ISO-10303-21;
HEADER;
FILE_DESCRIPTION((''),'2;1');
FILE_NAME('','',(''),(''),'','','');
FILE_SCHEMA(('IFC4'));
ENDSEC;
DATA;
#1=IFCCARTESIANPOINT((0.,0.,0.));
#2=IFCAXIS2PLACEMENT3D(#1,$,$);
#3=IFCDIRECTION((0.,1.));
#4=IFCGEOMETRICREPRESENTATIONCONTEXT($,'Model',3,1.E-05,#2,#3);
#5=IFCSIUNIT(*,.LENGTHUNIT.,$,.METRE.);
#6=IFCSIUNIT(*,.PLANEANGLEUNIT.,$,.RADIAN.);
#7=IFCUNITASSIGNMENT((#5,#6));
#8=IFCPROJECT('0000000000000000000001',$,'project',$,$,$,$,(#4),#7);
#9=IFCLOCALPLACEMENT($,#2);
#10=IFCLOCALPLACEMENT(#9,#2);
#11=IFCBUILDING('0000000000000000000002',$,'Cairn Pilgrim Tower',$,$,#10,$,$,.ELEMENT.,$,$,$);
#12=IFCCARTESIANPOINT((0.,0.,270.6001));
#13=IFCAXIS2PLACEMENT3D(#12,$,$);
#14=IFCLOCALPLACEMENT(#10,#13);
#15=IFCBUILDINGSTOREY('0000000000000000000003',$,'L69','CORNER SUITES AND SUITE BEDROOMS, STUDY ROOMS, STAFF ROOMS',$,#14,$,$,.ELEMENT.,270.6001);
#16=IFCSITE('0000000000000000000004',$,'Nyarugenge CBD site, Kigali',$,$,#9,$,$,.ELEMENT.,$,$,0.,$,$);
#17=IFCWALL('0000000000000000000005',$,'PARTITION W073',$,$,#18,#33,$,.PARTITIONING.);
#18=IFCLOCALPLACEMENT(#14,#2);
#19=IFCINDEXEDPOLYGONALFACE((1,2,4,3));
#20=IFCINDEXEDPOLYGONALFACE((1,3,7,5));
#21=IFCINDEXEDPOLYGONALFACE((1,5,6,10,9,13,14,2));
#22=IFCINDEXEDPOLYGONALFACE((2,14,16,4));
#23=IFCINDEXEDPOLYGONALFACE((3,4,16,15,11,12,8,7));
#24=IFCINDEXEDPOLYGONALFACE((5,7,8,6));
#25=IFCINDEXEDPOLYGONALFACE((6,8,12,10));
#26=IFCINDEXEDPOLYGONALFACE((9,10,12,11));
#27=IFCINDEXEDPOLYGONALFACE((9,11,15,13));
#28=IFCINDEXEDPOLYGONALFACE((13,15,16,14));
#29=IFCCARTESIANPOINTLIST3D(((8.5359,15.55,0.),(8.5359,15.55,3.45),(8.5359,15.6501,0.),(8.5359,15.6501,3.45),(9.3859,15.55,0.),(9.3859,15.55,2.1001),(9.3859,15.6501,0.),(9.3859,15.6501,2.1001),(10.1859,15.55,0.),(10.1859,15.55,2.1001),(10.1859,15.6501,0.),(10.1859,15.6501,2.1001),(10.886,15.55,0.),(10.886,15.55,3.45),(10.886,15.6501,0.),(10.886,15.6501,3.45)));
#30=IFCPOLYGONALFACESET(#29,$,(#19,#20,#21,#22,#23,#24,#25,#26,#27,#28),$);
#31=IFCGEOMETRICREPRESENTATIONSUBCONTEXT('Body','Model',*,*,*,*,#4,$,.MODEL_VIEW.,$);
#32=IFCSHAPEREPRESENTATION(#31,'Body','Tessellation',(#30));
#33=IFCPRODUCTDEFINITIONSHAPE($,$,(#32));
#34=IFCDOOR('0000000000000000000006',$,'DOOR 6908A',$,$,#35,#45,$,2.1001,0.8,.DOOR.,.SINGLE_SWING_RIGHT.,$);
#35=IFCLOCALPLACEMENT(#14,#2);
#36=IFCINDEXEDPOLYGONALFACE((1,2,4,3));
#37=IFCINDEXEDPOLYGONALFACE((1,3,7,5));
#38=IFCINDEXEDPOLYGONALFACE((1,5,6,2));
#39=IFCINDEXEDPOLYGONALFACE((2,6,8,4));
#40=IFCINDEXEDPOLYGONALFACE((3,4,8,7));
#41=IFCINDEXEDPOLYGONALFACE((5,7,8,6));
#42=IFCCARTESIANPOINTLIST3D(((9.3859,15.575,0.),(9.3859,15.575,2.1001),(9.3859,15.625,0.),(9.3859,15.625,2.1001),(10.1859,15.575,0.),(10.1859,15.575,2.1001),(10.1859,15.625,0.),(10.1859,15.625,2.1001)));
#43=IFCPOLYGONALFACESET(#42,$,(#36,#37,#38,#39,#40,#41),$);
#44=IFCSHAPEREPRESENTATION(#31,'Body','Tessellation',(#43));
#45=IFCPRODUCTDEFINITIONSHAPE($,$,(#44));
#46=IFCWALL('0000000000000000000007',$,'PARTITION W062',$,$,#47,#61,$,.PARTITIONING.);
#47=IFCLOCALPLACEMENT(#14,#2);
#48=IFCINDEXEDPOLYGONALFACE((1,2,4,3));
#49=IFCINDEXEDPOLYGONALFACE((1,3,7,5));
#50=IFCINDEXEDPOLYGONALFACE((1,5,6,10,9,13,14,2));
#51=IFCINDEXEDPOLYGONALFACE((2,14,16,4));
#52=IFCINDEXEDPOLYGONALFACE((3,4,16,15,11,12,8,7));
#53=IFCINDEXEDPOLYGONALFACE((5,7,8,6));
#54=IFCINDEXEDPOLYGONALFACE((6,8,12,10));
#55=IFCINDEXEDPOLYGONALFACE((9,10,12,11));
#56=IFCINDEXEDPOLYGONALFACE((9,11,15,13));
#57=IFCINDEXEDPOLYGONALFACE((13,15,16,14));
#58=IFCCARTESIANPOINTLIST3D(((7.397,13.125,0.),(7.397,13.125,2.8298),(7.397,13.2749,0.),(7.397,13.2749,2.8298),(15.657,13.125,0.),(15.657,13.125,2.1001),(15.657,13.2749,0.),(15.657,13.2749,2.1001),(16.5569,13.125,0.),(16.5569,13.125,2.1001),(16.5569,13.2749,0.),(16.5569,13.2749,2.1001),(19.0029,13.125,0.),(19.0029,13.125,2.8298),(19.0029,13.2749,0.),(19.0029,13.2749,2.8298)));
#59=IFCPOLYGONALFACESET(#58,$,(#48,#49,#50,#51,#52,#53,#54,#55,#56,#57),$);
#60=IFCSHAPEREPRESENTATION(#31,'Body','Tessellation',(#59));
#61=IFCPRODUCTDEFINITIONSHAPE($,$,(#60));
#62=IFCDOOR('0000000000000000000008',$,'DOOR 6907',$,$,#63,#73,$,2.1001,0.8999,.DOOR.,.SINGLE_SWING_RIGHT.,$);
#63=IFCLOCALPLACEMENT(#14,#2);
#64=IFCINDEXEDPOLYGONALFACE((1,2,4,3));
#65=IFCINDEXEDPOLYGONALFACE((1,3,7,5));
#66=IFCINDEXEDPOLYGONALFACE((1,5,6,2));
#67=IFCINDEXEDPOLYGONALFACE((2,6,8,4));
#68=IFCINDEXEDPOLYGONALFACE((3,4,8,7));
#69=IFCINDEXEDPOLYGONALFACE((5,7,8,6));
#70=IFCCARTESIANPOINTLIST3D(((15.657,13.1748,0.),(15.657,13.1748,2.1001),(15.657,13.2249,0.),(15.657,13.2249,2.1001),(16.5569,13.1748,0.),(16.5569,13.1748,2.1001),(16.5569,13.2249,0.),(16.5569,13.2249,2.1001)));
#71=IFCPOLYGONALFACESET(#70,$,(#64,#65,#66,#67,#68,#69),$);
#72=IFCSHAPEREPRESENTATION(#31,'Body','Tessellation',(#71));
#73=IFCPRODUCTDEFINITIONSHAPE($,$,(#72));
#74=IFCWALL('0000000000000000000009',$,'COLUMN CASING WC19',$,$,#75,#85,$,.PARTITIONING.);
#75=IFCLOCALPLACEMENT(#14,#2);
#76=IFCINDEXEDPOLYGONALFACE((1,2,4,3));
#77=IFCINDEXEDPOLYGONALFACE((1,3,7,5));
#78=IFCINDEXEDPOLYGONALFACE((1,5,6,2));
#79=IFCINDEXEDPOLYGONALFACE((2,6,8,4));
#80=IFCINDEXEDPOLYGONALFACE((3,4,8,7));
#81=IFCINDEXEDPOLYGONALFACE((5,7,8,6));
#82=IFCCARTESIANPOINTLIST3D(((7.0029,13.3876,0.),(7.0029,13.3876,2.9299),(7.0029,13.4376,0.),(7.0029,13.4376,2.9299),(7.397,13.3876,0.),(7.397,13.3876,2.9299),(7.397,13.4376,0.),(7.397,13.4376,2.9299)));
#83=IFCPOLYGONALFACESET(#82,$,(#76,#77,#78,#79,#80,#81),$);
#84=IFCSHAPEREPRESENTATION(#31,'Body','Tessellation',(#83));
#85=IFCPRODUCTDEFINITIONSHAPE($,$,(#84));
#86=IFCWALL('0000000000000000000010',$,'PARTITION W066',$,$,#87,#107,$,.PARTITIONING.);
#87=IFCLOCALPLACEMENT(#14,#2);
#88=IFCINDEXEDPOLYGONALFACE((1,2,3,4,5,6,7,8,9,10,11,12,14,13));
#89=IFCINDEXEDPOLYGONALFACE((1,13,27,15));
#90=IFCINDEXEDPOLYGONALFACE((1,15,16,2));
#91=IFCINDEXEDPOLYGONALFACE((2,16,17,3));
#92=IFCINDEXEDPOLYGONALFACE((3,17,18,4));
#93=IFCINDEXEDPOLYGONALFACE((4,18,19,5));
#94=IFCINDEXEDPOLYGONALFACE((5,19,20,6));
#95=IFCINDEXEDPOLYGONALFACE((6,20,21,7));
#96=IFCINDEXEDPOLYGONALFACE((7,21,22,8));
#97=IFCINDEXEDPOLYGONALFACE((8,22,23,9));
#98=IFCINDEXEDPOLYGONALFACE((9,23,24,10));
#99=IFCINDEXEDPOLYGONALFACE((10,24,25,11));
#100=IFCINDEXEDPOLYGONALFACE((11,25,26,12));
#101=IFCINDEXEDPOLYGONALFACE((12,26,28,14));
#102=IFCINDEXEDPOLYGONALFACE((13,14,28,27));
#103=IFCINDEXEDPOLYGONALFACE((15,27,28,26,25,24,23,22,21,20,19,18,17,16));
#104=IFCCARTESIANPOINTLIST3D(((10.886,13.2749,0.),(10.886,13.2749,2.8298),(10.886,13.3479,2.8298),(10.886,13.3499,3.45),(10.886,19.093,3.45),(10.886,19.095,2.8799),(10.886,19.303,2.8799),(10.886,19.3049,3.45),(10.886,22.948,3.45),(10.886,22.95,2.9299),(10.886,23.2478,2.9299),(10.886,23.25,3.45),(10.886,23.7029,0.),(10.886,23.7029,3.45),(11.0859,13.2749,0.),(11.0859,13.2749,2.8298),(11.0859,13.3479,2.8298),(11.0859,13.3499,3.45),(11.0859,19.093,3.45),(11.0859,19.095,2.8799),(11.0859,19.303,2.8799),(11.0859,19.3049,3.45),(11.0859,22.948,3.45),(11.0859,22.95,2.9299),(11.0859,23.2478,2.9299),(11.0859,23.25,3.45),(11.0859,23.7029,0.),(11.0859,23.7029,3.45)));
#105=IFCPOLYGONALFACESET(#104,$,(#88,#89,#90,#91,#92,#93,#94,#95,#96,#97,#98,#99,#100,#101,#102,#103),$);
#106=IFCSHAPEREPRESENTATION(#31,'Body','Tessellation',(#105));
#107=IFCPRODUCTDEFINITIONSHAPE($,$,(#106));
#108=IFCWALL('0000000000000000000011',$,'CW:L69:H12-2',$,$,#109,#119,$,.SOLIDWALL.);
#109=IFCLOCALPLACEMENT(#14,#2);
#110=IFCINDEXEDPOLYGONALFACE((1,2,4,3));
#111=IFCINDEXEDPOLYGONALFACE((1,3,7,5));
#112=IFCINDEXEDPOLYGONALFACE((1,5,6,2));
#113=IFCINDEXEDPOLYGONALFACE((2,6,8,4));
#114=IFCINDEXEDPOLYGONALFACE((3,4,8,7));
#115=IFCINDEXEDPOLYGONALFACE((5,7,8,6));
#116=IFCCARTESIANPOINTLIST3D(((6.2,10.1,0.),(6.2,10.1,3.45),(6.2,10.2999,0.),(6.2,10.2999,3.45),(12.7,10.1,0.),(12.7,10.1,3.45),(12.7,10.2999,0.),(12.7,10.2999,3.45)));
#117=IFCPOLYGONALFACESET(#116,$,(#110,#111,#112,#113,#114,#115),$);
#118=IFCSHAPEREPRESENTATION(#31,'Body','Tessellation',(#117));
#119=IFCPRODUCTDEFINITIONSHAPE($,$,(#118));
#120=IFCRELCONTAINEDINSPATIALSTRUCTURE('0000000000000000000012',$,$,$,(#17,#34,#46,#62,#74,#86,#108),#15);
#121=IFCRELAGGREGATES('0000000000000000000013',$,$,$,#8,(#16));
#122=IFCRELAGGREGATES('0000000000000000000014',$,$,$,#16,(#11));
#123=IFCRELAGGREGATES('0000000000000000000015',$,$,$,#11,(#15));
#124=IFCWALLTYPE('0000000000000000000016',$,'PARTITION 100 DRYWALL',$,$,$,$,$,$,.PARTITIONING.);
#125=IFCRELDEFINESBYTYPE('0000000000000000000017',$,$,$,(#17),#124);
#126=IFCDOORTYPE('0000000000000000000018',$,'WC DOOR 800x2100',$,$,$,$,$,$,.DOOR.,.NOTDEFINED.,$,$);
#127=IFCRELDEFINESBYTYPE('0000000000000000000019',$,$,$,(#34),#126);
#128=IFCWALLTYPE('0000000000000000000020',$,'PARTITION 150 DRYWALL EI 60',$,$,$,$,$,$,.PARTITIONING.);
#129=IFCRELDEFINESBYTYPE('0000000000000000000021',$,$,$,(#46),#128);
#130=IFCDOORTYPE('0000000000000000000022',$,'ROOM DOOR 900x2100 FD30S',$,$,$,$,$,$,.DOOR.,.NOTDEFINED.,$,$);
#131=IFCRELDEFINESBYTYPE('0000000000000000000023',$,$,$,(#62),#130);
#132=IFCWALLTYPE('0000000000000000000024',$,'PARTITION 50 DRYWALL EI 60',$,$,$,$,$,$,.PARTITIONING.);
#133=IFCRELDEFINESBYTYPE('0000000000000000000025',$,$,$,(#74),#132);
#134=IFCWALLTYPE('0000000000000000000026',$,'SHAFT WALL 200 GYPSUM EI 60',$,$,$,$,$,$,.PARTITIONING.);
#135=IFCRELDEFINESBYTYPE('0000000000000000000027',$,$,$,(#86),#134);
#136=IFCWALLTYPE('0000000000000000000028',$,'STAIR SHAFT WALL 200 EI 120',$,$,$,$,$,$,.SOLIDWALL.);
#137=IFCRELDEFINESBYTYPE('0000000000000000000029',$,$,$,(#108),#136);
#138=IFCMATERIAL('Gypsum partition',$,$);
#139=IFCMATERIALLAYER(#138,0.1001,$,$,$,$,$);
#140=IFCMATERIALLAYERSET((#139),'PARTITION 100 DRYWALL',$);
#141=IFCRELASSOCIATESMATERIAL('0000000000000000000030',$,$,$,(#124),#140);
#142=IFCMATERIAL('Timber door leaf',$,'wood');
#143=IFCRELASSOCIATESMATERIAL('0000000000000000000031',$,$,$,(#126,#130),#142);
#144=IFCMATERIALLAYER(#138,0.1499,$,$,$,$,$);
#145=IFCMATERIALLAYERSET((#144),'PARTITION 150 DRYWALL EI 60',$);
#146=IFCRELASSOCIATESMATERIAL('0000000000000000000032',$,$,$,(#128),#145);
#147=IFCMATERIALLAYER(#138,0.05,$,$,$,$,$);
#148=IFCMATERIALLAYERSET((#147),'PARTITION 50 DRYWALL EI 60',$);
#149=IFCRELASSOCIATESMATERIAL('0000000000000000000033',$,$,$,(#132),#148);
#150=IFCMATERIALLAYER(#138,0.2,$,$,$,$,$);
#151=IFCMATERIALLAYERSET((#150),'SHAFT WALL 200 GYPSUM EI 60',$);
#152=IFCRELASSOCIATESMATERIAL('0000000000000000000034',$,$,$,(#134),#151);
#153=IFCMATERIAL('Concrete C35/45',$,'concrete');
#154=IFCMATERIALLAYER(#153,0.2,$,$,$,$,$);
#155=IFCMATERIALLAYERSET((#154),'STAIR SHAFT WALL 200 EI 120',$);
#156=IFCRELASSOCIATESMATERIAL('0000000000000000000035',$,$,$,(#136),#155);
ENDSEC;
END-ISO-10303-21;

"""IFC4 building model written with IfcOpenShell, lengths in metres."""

from ifc_helpers import new_model, si_unit, direction, frame, frame_2d, origin, place, context, subcontext, project, spatial, polyline, rectangle, outline, extrude, material, layer, layer_set, type_object, element, fill, save


model = new_model("IFC4")

# Units and contexts
model_context = context("Model", 3, precision=1e-05, world=origin(), true_north=direction((0.0, 1.0)))
body_context = subcontext(model_context, "Body", "Model", "MODEL_VIEW")
ifc_project = project(units=[si_unit("LENGTHUNIT", "METRE"), si_unit("PLANEANGLEUNIT", "RADIAN")], contexts=[model_context])

# Site, building, storey
site_placement = place(None, origin())
site = spatial("IfcSite", under=ifc_project, at=site_placement, Name="Nyarugenge CBD site, Kigali", CompositionType="ELEMENT", RefElevation=0.0)
building_placement = place(site_placement, origin())
building = spatial("IfcBuilding", under=site, at=building_placement, Name="Cairn Pilgrim Tower", CompositionType="ELEMENT")
storey_placement = place(building_placement, frame((0.0, 0.0, 270.6001)))
storey = spatial("IfcBuildingStorey", under=building, at=storey_placement, Name="L69", Description="CORNER SUITES AND SUITE BEDROOMS, STUDY ROOMS, STAFF ROOMS", CompositionType="ELEMENT", Elevation=270.6001)

# Shared definitions
ifc_material_1 = material(Name="Gypsum partition")
ifc_layer_1 = layer(ifc_material_1, 0.1001)
ifc_layer_set_1 = layer_set([ifc_layer_1], Name="PARTITION 100 DRYWALL")
wall_type_1 = type_object("IfcWallType", Name="PARTITION 100 DRYWALL", PredefinedType="PARTITIONING", material=ifc_layer_set_1)

# Walls, openings, doors
ifc_material_2 = material(Name="Timber door leaf", Category="wood")
door_type_1 = type_object("IfcDoorType", Name="WC DOOR 800x2100", OperationType="NOTDEFINED", PredefinedType="DOOR", material=ifc_material_2)
wall_1_placement = place(storey_placement, frame((8.5359, 15.6001, 0.0), z_axis=(0.0, 0.0, 1.0), x_axis=(1.0, 0.0, 0.0)))
wall_1 = element("IfcWall", 1, at=wall_1_placement, inside=storey, type_object=wall_type_1, Name="PARTITION W073", PredefinedType="PARTITIONING", context=body_context, shape_type="SweptSolid", body=[
    extrude(rectangle(XDim=2.3501, YDim=0.1001, at=frame_2d((1.175, 0.0))), origin(), (0.0, 0.0, 1.0), 3.45),
])
opening_1_placement = place(wall_1_placement, frame((0.8501, 0.0, 0.0)))
opening_1 = element("IfcOpeningElement", 2, at=opening_1_placement, cuts=wall_1, PredefinedType="OPENING", context=body_context, shape_type="SweptSolid", body=[
    extrude(rectangle(XDim=0.8, YDim=2.1001, at=frame_2d((0.3999, 1.05))), frame((0.0, 0.0601, 0.0), z_axis=(0.0, -1.0, 0.0), x_axis=(1.0, 0.0, 0.0)), (0.0, 0.0, 1.0), 0.1201),
])
door_1_placement = place(opening_1_placement, origin())
door_1 = element("IfcDoor", 3, at=door_1_placement, inside=storey, type_object=door_type_1, Name="DOOR 6908A", OperationType="SINGLE_SWING_RIGHT", OverallHeight=2.1001, OverallWidth=0.8, PredefinedType="DOOR", context=body_context, shape_type="SweptSolid", body=[
    extrude(rectangle(XDim=0.8, YDim=2.1001, at=frame_2d((0.3999, 1.05))), frame((0.0, 0.0249, 0.0), z_axis=(0.0, -1.0, 0.0), x_axis=(1.0, 0.0, 0.0)), (0.0, 0.0, 1.0), 0.05),
])
fill(opening_1, door_1)
ifc_layer_2 = layer(ifc_material_1, 0.1499)
ifc_layer_set_2 = layer_set([ifc_layer_2], Name="PARTITION 150 DRYWALL EI 60")
wall_type_2 = type_object("IfcWallType", Name="PARTITION 150 DRYWALL EI 60", PredefinedType="PARTITIONING", material=ifc_layer_set_2)
wall_2_placement = place(storey_placement, frame((7.397, 13.2, 0.0), z_axis=(0.0, 0.0, 1.0), x_axis=(1.0, 0.0, 0.0)))
wall_2 = element("IfcWall", 4, at=wall_2_placement, inside=storey, type_object=wall_type_2, Name="PARTITION W062", PredefinedType="PARTITIONING", context=body_context, shape_type="SweptSolid", body=[
    extrude(rectangle(XDim=11.606, YDim=0.1499, at=frame_2d((5.803, 0.0))), origin(), (0.0, 0.0, 1.0), 2.8298),
])
opening_2_placement = place(wall_2_placement, frame((8.26, 0.0, 0.0)))
opening_2 = element("IfcOpeningElement", 5, at=opening_2_placement, cuts=wall_2, PredefinedType="OPENING", context=body_context, shape_type="SweptSolid", body=[
    extrude(rectangle(XDim=0.8999, YDim=2.1001, at=frame_2d((0.45, 1.05))), frame((0.0, 0.085, 0.0), z_axis=(0.0, -1.0, 0.0), x_axis=(1.0, 0.0, 0.0)), (0.0, 0.0, 1.0), 0.1699),
])
door_type_2 = type_object("IfcDoorType", Name="ROOM DOOR 900x2100 FD30S", OperationType="NOTDEFINED", PredefinedType="DOOR", material=ifc_material_2)
door_2_placement = place(opening_2_placement, origin())
door_2 = element("IfcDoor", 6, at=door_2_placement, inside=storey, type_object=door_type_2, Name="DOOR 6907", OperationType="SINGLE_SWING_RIGHT", OverallHeight=2.1001, OverallWidth=0.8999, PredefinedType="DOOR", context=body_context, shape_type="SweptSolid", body=[
    extrude(rectangle(XDim=0.8999, YDim=2.1001, at=frame_2d((0.45, 1.05))), frame((0.0, 0.0249, 0.0), z_axis=(0.0, -1.0, 0.0), x_axis=(1.0, 0.0, 0.0)), (0.0, 0.0, 1.0), 0.05),
])
fill(opening_2, door_2)

# Walls
ifc_layer_3 = layer(ifc_material_1, 0.05)
ifc_layer_set_3 = layer_set([ifc_layer_3], Name="PARTITION 50 DRYWALL EI 60")
wall_type_3 = type_object("IfcWallType", Name="PARTITION 50 DRYWALL EI 60", PredefinedType="PARTITIONING", material=ifc_layer_set_3)
wall_3_placement = place(storey_placement, frame((7.0029, 13.4126, 0.0), z_axis=(0.0, 0.0, 1.0), x_axis=(1.0, 0.0, 0.0)))
element("IfcWall", 7, at=wall_3_placement, inside=storey, type_object=wall_type_3, Name="COLUMN CASING WC19", PredefinedType="PARTITIONING", context=body_context, shape_type="SweptSolid", body=[
    extrude(rectangle(XDim=0.394, YDim=0.05, at=frame_2d((0.197, 0.0))), origin(), (0.0, 0.0, 1.0), 2.9299),
])
ifc_layer_4 = layer(ifc_material_1, 0.2)
ifc_layer_set_4 = layer_set([ifc_layer_4], Name="SHAFT WALL 200 GYPSUM EI 60")
wall_type_4 = type_object("IfcWallType", Name="SHAFT WALL 200 GYPSUM EI 60", PredefinedType="PARTITIONING", material=ifc_layer_set_4)
wall_4_placement = place(storey_placement, frame((10.9861, 13.2749, 0.0), z_axis=(0.0, 0.0, 1.0), x_axis=(0.0, 1.0, 0.0)))
element("IfcWall", 8, at=wall_4_placement, inside=storey, type_object=wall_type_4, Name="PARTITION W066", PredefinedType="PARTITIONING", context=body_context, shape_type="SweptSolid", body=[
    extrude(outline(polyline([(0.0, 0.0), (10.428, 0.0), (10.428, 3.45), (9.9751, 3.45), (9.9729, 2.9299), (9.675, 2.9299), (9.6731, 3.45), (6.03, 3.45), (6.0281, 2.8799), (5.8201, 2.8799), (5.8181, 3.45), (0.075, 3.45), (0.073, 2.8298), (0.0, 2.8298), (0.0, 0.0)])), frame((0.0, 0.1001, 0.0), z_axis=(0.0, -1.0, 0.0), x_axis=(1.0, 0.0, 0.0)), (0.0, 0.0, 1.0), 0.2),
])
ifc_material_3 = material(Name="Concrete C35/45", Category="concrete")
ifc_layer_5 = layer(ifc_material_3, 0.2)
ifc_layer_set_5 = layer_set([ifc_layer_5], Name="STAIR SHAFT WALL 200 EI 120")
wall_type_5 = type_object("IfcWallType", Name="STAIR SHAFT WALL 200 EI 120", PredefinedType="SOLIDWALL", material=ifc_layer_set_5)
wall_5_placement = place(storey_placement, frame((6.2, 10.2, 0.0), z_axis=(0.0, 0.0, 1.0), x_axis=(1.0, 0.0, 0.0)))
element("IfcWall", 9, at=wall_5_placement, inside=storey, type_object=wall_type_5, Name="CW:L69:H12-2", PredefinedType="SOLIDWALL", context=body_context, shape_type="SweptSolid", body=[
    extrude(rectangle(XDim=6.5, YDim=0.2, at=frame_2d((3.25, 0.0))), origin(), (0.0, 0.0, 1.0), 3.45),
])

save(model, "model.ifc")
